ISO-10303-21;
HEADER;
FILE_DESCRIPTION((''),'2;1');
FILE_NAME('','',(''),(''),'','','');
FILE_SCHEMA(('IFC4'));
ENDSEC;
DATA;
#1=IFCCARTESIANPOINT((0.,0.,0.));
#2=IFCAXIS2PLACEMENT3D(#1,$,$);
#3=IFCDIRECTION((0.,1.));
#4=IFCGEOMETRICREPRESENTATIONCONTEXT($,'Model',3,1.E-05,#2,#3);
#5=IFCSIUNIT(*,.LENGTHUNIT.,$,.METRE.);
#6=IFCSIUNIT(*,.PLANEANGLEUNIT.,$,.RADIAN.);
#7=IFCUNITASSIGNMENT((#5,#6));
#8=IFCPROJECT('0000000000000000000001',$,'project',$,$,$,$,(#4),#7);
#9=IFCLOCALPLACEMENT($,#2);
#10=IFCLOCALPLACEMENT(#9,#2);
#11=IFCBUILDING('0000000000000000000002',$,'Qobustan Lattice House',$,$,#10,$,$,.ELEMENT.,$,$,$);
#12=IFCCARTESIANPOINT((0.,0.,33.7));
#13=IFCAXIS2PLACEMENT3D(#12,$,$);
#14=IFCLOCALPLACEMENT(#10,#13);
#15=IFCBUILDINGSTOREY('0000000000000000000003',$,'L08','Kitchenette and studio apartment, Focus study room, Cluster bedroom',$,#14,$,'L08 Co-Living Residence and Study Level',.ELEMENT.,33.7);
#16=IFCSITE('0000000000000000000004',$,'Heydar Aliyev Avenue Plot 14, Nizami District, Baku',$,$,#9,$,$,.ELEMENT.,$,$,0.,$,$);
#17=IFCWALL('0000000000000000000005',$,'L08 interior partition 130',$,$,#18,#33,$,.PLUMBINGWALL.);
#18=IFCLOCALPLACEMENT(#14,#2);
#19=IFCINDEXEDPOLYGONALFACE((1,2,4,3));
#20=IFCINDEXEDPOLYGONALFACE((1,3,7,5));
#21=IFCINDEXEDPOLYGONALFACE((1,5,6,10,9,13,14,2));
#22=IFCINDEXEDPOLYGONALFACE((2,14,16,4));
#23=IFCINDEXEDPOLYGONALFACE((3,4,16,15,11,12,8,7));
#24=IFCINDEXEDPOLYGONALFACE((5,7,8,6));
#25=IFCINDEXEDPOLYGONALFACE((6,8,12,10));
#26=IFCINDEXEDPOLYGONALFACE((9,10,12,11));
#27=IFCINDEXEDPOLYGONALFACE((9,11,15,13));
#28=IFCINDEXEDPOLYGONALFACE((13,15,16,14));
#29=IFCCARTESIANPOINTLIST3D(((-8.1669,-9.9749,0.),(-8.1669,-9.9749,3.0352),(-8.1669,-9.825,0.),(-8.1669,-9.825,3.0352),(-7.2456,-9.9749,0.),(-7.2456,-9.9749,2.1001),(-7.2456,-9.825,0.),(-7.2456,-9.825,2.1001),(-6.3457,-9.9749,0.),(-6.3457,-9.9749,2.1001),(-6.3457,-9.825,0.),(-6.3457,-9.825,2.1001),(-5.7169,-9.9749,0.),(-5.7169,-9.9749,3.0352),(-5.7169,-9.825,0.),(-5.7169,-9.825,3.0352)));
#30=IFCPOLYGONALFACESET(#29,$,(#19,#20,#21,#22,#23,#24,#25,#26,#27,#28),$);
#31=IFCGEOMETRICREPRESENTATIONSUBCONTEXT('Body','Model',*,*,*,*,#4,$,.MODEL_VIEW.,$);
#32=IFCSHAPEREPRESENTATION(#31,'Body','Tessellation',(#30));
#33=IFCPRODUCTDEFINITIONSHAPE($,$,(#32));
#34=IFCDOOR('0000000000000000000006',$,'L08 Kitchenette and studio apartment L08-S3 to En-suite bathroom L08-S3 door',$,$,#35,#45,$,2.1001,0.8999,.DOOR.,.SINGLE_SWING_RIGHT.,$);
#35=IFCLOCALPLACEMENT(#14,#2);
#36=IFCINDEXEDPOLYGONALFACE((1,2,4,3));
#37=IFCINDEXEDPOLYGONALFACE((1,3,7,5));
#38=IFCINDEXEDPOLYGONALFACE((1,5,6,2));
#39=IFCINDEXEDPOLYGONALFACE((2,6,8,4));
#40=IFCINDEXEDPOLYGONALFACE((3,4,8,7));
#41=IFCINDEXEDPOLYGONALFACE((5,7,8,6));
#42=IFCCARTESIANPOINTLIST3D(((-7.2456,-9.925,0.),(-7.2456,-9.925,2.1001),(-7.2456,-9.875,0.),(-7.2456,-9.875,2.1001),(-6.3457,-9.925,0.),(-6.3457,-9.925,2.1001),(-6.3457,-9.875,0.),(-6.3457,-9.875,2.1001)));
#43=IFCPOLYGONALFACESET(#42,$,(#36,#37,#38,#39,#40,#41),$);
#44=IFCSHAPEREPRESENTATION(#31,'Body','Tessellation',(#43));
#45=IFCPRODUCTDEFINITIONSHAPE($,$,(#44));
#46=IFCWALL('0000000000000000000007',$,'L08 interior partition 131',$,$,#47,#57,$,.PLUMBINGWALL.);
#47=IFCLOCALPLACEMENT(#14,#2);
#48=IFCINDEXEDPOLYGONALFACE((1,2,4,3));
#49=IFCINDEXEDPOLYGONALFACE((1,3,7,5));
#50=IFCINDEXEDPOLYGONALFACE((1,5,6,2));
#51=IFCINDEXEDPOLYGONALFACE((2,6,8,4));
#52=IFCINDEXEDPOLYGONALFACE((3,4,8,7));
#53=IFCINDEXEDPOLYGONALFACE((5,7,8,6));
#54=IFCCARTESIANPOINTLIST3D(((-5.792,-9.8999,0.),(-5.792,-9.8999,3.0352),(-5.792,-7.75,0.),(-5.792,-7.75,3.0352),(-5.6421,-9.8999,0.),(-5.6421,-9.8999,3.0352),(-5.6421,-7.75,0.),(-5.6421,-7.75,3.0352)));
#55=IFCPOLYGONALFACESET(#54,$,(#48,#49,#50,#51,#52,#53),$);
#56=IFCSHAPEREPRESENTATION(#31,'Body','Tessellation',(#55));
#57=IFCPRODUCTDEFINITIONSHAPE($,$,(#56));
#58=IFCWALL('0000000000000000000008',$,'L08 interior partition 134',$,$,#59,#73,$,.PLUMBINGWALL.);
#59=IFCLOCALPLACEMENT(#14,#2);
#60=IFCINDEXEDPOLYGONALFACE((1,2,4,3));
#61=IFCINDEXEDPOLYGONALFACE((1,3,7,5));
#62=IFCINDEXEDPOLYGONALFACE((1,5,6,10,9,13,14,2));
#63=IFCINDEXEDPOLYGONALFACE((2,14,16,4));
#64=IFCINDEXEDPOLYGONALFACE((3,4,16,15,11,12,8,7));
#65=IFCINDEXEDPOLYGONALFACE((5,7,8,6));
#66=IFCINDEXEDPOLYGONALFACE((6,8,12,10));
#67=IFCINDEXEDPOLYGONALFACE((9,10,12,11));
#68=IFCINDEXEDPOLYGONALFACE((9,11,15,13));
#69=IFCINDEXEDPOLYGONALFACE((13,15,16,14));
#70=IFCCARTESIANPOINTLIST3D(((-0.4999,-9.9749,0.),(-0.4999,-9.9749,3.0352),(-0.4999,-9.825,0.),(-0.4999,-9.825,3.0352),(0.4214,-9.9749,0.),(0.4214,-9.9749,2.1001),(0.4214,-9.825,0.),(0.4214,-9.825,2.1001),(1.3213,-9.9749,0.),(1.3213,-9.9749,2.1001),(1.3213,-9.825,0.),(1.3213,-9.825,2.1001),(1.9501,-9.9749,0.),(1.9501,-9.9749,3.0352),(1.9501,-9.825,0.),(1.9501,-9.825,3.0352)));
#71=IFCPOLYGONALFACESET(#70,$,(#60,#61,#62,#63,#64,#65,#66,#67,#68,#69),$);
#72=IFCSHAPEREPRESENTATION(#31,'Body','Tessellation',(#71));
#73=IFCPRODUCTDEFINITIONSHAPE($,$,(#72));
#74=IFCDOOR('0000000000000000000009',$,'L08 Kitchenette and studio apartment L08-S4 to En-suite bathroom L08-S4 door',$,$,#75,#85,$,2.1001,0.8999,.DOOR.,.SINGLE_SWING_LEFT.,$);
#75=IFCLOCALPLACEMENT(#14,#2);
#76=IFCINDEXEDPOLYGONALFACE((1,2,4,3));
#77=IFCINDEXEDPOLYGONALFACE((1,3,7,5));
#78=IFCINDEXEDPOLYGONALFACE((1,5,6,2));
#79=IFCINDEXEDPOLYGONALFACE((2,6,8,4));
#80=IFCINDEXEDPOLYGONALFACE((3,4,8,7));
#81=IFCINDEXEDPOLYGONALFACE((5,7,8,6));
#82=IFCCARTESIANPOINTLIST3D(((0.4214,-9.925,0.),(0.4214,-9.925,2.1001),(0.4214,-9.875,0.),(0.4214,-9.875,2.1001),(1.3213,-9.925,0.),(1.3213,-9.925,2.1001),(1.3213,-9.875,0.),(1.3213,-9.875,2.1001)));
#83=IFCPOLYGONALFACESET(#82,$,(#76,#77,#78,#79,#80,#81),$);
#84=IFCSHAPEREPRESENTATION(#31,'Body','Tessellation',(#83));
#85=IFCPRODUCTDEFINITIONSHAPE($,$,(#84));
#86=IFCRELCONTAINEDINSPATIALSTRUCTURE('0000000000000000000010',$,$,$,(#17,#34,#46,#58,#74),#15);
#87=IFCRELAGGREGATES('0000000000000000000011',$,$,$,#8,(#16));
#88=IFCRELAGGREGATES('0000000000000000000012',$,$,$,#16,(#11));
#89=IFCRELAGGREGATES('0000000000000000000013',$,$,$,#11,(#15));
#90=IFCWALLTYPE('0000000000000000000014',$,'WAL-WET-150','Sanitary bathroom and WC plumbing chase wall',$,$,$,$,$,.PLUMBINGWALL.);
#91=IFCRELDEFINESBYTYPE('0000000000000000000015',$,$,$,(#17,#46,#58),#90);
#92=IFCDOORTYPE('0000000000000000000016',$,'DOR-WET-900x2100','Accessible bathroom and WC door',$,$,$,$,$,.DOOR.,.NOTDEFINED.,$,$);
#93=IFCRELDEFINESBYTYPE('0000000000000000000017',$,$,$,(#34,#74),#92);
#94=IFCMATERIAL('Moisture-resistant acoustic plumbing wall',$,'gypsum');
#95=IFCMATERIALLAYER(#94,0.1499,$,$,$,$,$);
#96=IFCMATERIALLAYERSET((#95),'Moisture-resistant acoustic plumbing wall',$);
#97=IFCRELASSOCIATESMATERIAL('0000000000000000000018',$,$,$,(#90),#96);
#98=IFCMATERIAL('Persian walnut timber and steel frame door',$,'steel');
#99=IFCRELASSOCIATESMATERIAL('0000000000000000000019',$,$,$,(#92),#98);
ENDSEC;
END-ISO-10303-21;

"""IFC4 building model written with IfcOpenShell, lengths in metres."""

from ifc_helpers import new_model, si_unit, direction, frame, frame_2d, origin, place, context, subcontext, project, spatial, rectangle, extrude, material, layer, layer_set, type_object, element, fill, save


model = new_model("IFC4")

# Units and contexts
model_context = context("Model", 3, precision=1e-05, world=origin(), true_north=direction((0.0, 1.0)))
body_context = subcontext(model_context, "Body", "Model", "MODEL_VIEW")
ifc_project = project(units=[si_unit("LENGTHUNIT", "METRE"), si_unit("PLANEANGLEUNIT", "RADIAN")], contexts=[model_context])

# Site, building, storey
site_placement = place(None, origin())
site = spatial("IfcSite", under=ifc_project, at=site_placement, Name="Heydar Aliyev Avenue Plot 14, Nizami District, Baku", CompositionType="ELEMENT", RefElevation=0.0)
building_placement = place(site_placement, origin())
building = spatial("IfcBuilding", under=site, at=building_placement, Name="Qobustan Lattice House", CompositionType="ELEMENT")
storey_placement = place(building_placement, frame((0.0, 0.0, 33.7)))
storey = spatial("IfcBuildingStorey", under=building, at=storey_placement, Name="L08", Description="Kitchenette and studio apartment, Focus study room, Cluster bedroom", LongName="L08 Co-Living Residence and Study Level", CompositionType="ELEMENT", Elevation=33.7)

# Shared definitions
ifc_material_1 = material(Name="Moisture-resistant acoustic plumbing wall", Category="gypsum")
ifc_layer_1 = layer(ifc_material_1, 0.1499)
ifc_layer_set_1 = layer_set([ifc_layer_1], Name="Moisture-resistant acoustic plumbing wall")
wall_type_1 = type_object("IfcWallType", Name="WAL-WET-150", Description="Sanitary bathroom and WC plumbing chase wall", PredefinedType="PLUMBINGWALL", material=ifc_layer_set_1)

# Shared definitions
ifc_material_2 = material(Name="Persian walnut timber and steel frame door", Category="steel")
door_type_1 = type_object("IfcDoorType", Name="DOR-WET-900x2100", Description="Accessible bathroom and WC door", OperationType="NOTDEFINED", PredefinedType="DOOR", material=ifc_material_2)

# Wall, opening, door
wall_1_placement = place(storey_placement, frame((-8.167, -9.8999, 0.0), z_axis=(0.0, 0.0, 1.0), x_axis=(1.0, 0.0, 0.0)))
wall_1 = element("IfcWall", 1, at=wall_1_placement, inside=storey, type_object=wall_type_1, Name="L08 interior partition 130", PredefinedType="PLUMBINGWALL", context=body_context, shape_type="SweptSolid", body=[
    extrude(rectangle(XDim=2.45, YDim=0.1499, at=frame_2d((1.2251, 0.0))), origin(), (0.0, 0.0, 1.0), 3.0352),
])
opening_1_placement = place(wall_1_placement, frame((0.9214, 0.0, 0.0)))
opening_1 = element("IfcOpeningElement", 2, at=opening_1_placement, cuts=wall_1, PredefinedType="OPENING", context=body_context, shape_type="SweptSolid", body=[
    extrude(rectangle(XDim=0.8999, YDim=2.1001, at=frame_2d((0.45, 1.05))), frame((0.0, 0.085, 0.0), z_axis=(0.0, -1.0, 0.0), x_axis=(1.0, 0.0, 0.0)), (0.0, 0.0, 1.0), 0.1699),
])
door_1_placement = place(opening_1_placement, origin())
door_1 = element("IfcDoor", 3, at=door_1_placement, inside=storey, type_object=door_type_1, Name="L08 Kitchenette and studio apartment L08-S3 to En-suite bathroom L08-S3 door", OperationType="SINGLE_SWING_RIGHT", OverallHeight=2.1001, OverallWidth=0.8999, PredefinedType="DOOR", context=body_context, shape_type="SweptSolid", body=[
    extrude(rectangle(XDim=0.8999, YDim=2.1001, at=frame_2d((0.45, 1.05))), frame((0.0, 0.0249, 0.0), z_axis=(0.0, -1.0, 0.0), x_axis=(1.0, 0.0, 0.0)), (0.0, 0.0, 1.0), 0.05),
])
fill(opening_1, door_1)

# Wall
wall_2_placement = place(storey_placement, frame((-5.717, -9.8999, 0.0), z_axis=(0.0, 0.0, 1.0), x_axis=(0.0, 1.0, 0.0)))
element("IfcWall", 4, at=wall_2_placement, inside=storey, type_object=wall_type_1, Name="L08 interior partition 131", PredefinedType="PLUMBINGWALL", context=body_context, shape_type="SweptSolid", body=[
    extrude(rectangle(XDim=2.1499, YDim=0.1499, at=frame_2d((1.075, 0.0))), origin(), (0.0, 0.0, 1.0), 3.0352),
])

# Wall, opening, door
wall_3_placement = place(storey_placement, frame((-0.5, -9.8999, 0.0), z_axis=(0.0, 0.0, 1.0), x_axis=(1.0, 0.0, 0.0)))
wall_3 = element("IfcWall", 5, at=wall_3_placement, inside=storey, type_object=wall_type_1, Name="L08 interior partition 134", PredefinedType="PLUMBINGWALL", context=body_context, shape_type="SweptSolid", body=[
    extrude(rectangle(XDim=2.45, YDim=0.1499, at=frame_2d((1.2251, 0.0))), origin(), (0.0, 0.0, 1.0), 3.0352),
])
opening_2_placement = place(wall_3_placement, frame((0.9214, 0.0, 0.0)))
opening_2 = element("IfcOpeningElement", 6, at=opening_2_placement, cuts=wall_3, PredefinedType="OPENING", context=body_context, shape_type="SweptSolid", body=[
    extrude(rectangle(XDim=0.8999, YDim=2.1001, at=frame_2d((0.45, 1.05))), frame((0.0, 0.085, 0.0), z_axis=(0.0, -1.0, 0.0), x_axis=(1.0, 0.0, 0.0)), (0.0, 0.0, 1.0), 0.1699),
])
door_2_placement = place(opening_2_placement, origin())
door_2 = element("IfcDoor", 7, at=door_2_placement, inside=storey, type_object=door_type_1, Name="L08 Kitchenette and studio apartment L08-S4 to En-suite bathroom L08-S4 door", OperationType="SINGLE_SWING_LEFT", OverallHeight=2.1001, OverallWidth=0.8999, PredefinedType="DOOR", context=body_context, shape_type="SweptSolid", body=[
    extrude(rectangle(XDim=0.8999, YDim=2.1001, at=frame_2d((0.45, 1.05))), frame((0.0, 0.0249, 0.0), z_axis=(0.0, -1.0, 0.0), x_axis=(1.0, 0.0, 0.0)), (0.0, 0.0, 1.0), 0.05),
])
fill(opening_2, door_2)

save(model, "model.ifc")
